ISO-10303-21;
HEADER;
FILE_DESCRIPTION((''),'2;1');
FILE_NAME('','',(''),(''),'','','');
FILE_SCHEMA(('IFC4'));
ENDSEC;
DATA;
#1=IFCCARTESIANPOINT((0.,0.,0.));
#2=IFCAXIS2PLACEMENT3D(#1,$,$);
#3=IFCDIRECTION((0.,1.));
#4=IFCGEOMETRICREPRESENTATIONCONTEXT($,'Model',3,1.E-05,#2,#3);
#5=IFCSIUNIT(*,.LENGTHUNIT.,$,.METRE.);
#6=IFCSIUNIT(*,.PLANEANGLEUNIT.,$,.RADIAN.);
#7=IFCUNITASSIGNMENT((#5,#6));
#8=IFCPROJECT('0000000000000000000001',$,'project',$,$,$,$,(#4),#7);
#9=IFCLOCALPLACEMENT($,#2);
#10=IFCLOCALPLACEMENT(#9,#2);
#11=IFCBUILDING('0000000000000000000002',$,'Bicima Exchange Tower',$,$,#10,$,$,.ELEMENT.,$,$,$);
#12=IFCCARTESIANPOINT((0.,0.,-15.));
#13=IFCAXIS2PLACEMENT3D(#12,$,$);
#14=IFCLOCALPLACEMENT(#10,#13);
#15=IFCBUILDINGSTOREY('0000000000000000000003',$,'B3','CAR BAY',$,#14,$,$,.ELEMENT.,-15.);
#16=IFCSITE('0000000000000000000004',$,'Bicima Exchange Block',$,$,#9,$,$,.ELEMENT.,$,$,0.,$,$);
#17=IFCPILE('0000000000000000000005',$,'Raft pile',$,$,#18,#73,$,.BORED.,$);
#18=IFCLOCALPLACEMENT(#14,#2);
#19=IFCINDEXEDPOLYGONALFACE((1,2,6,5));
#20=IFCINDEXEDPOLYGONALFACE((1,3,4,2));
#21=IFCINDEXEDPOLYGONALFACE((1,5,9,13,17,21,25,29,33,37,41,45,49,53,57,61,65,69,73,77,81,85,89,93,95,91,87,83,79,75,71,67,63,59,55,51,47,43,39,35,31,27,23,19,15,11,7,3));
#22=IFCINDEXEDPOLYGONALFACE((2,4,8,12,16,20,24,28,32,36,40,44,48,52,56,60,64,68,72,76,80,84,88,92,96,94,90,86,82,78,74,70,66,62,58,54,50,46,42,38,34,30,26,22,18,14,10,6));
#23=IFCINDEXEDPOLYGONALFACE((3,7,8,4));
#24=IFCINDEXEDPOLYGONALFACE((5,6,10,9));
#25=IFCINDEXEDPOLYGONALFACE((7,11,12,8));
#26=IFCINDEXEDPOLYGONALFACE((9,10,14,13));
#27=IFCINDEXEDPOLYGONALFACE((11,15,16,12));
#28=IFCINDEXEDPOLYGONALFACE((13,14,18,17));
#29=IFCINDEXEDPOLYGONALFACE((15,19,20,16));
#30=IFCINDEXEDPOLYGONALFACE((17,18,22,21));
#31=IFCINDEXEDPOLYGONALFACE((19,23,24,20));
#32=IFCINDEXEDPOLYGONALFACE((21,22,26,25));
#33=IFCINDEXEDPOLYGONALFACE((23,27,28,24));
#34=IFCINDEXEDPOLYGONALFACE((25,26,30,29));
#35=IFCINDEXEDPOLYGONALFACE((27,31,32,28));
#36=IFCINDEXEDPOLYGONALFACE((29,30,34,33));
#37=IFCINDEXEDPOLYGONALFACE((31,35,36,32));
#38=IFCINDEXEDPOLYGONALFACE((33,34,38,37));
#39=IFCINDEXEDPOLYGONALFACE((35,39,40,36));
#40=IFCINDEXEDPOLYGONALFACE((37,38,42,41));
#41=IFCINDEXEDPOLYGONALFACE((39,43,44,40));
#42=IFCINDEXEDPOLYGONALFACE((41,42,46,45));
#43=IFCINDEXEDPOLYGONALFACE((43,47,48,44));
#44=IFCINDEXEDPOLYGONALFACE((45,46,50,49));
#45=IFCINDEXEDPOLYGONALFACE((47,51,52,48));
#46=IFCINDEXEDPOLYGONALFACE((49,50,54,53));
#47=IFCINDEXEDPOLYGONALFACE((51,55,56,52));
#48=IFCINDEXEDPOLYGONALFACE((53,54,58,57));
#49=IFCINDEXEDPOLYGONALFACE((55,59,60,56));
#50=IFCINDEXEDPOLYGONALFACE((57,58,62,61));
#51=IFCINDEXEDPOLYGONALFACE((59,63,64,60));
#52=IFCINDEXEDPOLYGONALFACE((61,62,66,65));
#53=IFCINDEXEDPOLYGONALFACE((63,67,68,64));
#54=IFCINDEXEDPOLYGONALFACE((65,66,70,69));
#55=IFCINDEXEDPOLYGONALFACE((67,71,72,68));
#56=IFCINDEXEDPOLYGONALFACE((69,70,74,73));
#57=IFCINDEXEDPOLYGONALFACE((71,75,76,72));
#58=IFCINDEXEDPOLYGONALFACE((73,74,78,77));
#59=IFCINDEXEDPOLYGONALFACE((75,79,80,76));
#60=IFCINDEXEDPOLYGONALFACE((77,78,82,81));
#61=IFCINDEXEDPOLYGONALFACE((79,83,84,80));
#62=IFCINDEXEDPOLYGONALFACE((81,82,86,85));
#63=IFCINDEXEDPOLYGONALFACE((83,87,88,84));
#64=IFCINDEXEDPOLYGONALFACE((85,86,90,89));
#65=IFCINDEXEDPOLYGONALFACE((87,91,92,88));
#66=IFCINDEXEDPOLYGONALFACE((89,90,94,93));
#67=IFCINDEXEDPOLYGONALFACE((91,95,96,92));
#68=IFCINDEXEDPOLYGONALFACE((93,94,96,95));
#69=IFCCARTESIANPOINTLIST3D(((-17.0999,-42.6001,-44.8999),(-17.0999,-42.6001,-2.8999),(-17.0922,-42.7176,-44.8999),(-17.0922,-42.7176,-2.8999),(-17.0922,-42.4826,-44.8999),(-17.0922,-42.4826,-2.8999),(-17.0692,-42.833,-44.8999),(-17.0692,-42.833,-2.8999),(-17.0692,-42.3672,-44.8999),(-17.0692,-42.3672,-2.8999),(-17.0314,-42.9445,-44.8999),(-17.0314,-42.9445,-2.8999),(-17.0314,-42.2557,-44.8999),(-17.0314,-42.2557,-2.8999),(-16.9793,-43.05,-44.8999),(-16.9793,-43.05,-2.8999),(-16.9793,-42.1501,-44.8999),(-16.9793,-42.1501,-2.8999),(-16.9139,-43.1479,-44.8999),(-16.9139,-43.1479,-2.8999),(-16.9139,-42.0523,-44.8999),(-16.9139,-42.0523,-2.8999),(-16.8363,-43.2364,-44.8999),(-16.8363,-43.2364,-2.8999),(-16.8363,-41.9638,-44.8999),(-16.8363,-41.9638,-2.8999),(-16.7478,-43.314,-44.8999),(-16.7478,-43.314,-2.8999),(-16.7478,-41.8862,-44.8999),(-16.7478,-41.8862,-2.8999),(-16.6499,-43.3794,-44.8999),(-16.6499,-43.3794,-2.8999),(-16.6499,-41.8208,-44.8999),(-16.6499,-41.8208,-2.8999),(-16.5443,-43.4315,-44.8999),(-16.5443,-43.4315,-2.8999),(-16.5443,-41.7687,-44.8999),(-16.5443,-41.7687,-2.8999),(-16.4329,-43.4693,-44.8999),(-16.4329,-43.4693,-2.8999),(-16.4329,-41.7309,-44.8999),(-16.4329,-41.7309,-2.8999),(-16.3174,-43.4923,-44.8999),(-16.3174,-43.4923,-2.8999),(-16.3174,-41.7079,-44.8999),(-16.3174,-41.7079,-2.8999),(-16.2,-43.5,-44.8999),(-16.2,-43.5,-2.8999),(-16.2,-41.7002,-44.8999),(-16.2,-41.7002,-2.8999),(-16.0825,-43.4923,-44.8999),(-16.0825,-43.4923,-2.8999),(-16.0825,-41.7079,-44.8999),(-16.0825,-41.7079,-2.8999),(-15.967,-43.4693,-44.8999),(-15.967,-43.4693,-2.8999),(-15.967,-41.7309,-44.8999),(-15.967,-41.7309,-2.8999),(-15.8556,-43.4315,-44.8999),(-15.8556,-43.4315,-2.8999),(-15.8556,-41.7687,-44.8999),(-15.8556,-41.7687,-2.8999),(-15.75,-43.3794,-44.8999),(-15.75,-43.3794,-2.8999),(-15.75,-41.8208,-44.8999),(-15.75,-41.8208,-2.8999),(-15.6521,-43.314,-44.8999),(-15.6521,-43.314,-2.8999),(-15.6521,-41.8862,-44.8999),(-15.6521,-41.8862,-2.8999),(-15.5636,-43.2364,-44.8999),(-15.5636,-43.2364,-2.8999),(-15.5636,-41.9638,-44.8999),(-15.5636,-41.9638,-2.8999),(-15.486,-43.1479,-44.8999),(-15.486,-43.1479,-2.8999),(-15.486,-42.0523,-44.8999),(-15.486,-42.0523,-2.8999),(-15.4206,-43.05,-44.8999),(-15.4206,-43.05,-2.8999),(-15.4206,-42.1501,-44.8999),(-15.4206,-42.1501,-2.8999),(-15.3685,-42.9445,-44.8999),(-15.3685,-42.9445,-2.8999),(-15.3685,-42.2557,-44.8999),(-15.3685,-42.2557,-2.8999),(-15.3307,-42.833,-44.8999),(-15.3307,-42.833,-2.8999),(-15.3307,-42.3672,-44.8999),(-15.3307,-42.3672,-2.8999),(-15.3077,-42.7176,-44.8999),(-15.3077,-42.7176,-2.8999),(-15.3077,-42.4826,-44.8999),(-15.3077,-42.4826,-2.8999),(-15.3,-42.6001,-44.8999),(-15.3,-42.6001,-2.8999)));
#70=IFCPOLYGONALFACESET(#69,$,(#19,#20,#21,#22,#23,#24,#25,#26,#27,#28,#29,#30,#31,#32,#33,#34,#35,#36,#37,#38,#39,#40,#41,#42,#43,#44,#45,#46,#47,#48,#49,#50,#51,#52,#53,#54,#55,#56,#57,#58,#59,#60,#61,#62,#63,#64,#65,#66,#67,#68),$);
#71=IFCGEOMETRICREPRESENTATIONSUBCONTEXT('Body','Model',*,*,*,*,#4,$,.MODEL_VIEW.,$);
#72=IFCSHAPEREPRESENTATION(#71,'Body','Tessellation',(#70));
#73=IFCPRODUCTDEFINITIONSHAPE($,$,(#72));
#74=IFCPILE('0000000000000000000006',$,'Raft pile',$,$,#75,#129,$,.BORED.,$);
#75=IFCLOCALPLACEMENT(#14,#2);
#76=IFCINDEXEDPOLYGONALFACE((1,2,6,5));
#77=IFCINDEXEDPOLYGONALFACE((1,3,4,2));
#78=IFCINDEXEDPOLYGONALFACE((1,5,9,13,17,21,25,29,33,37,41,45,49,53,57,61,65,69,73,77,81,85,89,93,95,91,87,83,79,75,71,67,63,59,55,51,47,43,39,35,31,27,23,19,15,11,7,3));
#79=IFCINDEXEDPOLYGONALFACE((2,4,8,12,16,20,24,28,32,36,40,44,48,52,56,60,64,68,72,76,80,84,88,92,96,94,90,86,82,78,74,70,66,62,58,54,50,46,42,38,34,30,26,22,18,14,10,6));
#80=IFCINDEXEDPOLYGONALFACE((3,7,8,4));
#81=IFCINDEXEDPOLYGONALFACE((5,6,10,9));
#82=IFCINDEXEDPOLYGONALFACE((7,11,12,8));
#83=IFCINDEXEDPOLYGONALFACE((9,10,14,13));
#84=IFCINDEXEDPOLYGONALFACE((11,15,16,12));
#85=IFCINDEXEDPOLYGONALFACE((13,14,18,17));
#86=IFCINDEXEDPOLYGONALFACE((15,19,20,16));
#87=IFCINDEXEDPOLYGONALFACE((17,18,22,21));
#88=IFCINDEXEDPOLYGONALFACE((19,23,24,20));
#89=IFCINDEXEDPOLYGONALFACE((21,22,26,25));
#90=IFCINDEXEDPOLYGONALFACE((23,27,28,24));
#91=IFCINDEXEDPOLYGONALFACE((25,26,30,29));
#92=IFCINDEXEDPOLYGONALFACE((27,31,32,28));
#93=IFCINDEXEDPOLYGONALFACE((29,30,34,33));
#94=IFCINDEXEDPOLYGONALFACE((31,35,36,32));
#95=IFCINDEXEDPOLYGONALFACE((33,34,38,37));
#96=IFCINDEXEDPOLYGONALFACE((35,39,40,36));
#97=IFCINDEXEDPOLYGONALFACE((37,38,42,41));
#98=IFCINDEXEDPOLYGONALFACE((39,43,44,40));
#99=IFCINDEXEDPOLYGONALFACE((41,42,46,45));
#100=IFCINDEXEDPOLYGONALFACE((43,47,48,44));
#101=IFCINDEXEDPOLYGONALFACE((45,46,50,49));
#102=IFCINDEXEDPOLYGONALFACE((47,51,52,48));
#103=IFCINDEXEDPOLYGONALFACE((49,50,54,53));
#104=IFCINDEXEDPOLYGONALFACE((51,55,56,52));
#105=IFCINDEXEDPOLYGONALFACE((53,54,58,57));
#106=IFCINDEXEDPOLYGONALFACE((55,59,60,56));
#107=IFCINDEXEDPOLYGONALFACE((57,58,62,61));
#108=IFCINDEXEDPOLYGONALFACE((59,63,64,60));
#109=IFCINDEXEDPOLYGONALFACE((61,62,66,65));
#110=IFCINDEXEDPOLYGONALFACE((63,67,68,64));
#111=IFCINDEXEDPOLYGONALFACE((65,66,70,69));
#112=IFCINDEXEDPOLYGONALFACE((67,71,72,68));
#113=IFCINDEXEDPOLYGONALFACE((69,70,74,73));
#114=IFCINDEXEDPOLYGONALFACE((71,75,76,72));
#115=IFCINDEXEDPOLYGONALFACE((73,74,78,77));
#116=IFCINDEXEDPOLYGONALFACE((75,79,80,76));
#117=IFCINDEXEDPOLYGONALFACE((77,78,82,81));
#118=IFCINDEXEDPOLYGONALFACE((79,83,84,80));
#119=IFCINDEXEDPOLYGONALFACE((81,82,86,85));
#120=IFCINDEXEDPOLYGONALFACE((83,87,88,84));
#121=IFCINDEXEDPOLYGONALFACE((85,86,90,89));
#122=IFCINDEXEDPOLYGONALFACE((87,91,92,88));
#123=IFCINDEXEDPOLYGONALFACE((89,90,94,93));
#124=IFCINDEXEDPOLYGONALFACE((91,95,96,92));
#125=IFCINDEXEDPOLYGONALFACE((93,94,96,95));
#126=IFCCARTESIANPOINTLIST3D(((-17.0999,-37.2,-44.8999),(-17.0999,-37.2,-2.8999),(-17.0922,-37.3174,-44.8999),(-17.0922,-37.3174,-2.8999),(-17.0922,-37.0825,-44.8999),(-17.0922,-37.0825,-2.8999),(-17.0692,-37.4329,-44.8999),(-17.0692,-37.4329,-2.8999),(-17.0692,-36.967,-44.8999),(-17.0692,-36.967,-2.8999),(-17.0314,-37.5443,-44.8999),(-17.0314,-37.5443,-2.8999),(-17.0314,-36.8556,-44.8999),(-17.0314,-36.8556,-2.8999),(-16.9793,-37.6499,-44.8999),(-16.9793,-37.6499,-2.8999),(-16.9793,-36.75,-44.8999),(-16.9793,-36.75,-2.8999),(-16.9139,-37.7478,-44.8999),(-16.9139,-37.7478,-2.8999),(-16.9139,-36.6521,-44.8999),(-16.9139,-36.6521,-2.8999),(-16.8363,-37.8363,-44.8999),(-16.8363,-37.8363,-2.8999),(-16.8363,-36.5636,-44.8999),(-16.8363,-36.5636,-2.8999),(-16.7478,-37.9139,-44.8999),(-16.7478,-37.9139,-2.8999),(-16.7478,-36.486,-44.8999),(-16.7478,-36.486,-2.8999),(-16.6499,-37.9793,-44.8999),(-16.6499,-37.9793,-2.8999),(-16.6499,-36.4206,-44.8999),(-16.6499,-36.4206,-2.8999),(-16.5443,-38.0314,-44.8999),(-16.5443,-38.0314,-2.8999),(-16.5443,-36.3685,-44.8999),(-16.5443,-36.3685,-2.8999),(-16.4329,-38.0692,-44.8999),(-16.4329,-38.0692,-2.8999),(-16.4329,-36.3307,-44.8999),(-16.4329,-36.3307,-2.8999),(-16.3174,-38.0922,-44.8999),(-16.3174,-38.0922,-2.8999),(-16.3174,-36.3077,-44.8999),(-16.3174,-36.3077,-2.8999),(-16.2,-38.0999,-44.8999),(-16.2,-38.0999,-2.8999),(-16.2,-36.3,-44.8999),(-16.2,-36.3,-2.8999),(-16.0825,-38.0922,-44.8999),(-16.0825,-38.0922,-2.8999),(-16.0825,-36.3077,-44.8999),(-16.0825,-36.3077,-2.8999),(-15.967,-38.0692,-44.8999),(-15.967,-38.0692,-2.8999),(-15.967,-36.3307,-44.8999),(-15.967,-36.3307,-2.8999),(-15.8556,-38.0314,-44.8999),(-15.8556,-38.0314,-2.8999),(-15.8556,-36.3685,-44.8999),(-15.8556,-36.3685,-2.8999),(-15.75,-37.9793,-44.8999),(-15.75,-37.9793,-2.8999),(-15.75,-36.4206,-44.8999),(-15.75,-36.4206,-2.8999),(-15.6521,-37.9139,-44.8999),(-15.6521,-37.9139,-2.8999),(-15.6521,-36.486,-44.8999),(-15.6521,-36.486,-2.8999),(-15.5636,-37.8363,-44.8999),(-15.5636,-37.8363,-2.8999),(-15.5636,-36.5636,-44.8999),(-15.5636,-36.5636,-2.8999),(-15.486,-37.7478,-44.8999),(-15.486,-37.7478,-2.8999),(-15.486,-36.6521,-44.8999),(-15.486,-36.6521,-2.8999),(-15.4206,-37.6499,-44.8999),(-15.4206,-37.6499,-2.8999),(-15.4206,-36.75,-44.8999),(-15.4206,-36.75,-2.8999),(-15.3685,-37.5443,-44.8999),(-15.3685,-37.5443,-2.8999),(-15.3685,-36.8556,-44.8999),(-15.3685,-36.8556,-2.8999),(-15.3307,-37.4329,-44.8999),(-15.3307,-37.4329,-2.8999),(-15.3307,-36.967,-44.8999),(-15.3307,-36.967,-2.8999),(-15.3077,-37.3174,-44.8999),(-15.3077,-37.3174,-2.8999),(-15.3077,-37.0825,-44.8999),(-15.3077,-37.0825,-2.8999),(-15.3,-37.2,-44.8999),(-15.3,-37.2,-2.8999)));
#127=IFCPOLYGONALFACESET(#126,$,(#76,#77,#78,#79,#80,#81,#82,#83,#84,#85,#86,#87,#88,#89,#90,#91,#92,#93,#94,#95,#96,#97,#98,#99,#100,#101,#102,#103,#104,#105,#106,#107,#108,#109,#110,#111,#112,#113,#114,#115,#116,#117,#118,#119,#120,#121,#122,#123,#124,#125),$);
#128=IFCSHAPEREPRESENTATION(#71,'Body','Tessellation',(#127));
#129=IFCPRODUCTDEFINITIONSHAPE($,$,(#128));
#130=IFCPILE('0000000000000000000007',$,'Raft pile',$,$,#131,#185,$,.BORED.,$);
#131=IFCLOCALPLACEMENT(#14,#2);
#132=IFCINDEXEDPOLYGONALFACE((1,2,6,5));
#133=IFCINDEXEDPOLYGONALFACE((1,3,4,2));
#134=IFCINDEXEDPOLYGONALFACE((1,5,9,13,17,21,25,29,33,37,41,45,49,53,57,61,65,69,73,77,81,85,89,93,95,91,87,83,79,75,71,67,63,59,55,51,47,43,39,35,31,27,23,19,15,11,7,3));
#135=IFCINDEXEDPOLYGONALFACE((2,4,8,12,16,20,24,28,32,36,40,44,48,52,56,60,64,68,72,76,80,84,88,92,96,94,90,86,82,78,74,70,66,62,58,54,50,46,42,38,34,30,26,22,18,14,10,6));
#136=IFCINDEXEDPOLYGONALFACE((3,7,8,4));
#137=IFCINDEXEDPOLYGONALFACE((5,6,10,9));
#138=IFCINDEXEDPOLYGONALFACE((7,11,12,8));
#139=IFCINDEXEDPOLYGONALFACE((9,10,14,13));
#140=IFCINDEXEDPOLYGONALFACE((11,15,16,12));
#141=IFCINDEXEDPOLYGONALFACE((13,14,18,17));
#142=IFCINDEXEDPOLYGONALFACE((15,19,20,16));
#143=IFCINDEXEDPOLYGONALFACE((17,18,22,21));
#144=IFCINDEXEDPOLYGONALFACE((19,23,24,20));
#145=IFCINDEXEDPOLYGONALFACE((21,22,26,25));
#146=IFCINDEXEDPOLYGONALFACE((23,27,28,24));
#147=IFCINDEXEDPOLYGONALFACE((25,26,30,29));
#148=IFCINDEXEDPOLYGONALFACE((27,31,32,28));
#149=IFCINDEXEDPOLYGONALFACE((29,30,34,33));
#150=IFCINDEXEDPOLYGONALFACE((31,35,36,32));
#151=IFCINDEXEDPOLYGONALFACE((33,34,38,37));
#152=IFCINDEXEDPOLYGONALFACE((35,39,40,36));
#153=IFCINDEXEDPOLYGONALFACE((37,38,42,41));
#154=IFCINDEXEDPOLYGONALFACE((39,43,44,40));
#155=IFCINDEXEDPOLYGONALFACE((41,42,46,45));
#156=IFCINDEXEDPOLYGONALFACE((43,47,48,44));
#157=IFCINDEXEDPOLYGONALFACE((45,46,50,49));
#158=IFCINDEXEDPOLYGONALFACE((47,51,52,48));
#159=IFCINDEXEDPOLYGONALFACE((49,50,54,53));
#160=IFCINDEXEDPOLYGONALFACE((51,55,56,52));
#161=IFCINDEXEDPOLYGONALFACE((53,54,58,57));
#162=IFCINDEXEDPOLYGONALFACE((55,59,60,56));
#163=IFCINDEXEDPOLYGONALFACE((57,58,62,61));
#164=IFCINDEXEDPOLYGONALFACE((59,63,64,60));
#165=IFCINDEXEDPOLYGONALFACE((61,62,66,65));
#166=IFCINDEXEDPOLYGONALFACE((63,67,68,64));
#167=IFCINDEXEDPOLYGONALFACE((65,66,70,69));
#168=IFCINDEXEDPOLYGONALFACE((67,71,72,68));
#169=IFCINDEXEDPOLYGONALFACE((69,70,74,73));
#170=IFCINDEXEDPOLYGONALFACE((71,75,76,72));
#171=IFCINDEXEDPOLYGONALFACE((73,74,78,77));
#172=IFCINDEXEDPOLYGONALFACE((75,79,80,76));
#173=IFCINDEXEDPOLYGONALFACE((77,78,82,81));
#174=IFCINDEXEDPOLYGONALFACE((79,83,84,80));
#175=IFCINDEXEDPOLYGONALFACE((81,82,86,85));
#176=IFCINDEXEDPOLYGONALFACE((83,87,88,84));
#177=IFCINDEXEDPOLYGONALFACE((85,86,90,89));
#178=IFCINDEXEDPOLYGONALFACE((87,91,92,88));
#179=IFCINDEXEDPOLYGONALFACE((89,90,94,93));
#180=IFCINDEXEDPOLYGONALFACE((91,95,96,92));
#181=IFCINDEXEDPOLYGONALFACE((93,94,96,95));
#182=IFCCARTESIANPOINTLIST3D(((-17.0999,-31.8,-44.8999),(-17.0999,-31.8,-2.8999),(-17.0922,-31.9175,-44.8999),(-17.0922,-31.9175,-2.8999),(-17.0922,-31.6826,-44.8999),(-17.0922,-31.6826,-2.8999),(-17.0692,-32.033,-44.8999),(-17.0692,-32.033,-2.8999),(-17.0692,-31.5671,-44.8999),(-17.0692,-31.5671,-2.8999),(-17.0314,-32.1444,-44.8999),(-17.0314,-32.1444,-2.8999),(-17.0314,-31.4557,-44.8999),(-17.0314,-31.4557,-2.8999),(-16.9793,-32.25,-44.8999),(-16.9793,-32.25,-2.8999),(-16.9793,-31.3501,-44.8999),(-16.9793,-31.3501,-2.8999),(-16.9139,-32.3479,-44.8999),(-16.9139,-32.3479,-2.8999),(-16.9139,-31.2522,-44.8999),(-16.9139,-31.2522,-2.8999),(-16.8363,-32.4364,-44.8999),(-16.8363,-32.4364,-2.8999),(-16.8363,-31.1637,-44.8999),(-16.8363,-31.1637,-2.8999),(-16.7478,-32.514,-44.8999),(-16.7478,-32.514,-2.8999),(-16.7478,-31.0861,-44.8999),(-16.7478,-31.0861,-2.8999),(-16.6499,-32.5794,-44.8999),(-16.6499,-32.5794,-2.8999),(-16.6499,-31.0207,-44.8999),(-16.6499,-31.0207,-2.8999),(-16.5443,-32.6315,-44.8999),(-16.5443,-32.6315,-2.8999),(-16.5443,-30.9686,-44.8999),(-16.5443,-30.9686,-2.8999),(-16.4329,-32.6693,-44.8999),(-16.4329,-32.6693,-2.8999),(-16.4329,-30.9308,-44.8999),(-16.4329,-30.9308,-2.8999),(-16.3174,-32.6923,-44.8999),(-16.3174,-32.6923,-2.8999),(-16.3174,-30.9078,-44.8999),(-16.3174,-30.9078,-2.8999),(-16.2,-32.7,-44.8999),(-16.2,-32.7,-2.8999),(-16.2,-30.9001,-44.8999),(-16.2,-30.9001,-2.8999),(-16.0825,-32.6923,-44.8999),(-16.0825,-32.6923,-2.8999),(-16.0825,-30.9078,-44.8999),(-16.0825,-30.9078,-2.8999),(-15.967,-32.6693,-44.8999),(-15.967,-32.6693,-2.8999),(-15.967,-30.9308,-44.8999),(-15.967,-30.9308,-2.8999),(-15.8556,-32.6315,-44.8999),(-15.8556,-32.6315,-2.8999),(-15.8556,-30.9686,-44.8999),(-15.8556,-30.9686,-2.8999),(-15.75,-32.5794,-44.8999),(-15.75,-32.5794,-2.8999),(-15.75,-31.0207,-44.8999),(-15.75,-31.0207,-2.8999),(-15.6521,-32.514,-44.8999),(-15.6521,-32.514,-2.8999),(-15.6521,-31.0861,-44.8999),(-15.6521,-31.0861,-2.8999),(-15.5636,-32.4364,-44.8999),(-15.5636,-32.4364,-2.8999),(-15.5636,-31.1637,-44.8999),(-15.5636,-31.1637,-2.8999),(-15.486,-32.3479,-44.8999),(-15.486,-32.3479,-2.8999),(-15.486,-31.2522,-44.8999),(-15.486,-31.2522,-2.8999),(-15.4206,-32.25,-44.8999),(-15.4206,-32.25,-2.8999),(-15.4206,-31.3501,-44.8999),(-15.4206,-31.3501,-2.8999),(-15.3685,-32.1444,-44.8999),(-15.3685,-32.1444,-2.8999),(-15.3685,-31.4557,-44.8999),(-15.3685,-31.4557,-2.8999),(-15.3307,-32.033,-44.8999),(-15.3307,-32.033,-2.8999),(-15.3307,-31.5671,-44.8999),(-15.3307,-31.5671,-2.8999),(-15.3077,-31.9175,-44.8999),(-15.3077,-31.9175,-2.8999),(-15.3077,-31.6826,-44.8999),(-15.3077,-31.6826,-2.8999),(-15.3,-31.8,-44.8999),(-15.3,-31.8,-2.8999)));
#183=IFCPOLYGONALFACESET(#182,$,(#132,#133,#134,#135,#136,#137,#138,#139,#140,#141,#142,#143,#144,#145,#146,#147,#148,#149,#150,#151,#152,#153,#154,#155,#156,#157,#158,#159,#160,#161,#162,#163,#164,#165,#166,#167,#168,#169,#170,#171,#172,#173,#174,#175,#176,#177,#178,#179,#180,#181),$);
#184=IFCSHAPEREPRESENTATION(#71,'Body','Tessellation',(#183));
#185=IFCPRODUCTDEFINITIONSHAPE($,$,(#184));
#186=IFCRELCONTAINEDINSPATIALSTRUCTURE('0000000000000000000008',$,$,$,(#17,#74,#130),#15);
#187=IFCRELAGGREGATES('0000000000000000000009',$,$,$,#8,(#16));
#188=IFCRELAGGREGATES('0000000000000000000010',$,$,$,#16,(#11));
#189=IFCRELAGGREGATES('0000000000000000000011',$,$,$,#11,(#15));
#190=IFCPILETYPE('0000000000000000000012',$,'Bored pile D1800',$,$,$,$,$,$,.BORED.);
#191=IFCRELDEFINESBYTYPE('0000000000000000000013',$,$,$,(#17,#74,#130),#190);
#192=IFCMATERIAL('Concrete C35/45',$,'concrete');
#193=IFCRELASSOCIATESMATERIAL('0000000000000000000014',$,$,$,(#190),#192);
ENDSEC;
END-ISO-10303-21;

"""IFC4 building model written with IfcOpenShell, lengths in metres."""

from ifc_helpers import new_model, si_unit, direction, frame, origin, origin_2d, place, context, subcontext, project, spatial, circle, extrude, material, material_profile, profile_set, type_object, element, save


model = new_model("IFC4")

# Units and contexts
model_context = context("Model", 3, precision=1e-05, world=origin(), true_north=direction((0.0, 1.0)))
body_context = subcontext(model_context, "Body", "Model", "MODEL_VIEW")
ifc_project = project(units=[si_unit("LENGTHUNIT", "METRE"), si_unit("PLANEANGLEUNIT", "RADIAN")], contexts=[model_context])

# Site, building, storey
site_placement = place(None, origin())
site = spatial("IfcSite", under=ifc_project, at=site_placement, Name="Bicima Exchange Block", CompositionType="ELEMENT", RefElevation=0.0)
building_placement = place(site_placement, origin())
building = spatial("IfcBuilding", under=site, at=building_placement, Name="Bicima Exchange Tower", CompositionType="ELEMENT")
storey_placement = place(building_placement, frame((0.0, 0.0, -15.0)))
storey = spatial("IfcBuildingStorey", under=building, at=storey_placement, Name="B3", Description="CAR BAY", CompositionType="ELEMENT", Elevation=-15.0)

# Piles
ifc_material_1 = material(Name="Concrete C35/45", Category="concrete")
ifc_material_profile_1 = material_profile(ifc_material_1, circle(Radius=0.8999, at=origin_2d()))
ifc_profile_set_1 = profile_set([ifc_material_profile_1], Name="Concrete C35/45")
pile_type = type_object("IfcPileType", Name="Bored pile D1800", PredefinedType="BORED", material=ifc_profile_set_1)
for number, where, z_axis, x_axis, name in (
    (1, (-16.2, -42.6001, -2.8999), (0.0, 0.0, -1.0), (1.0, 0.0, 0.0), "Raft pile"),
    (2, (-16.2, -37.2, -2.8999), (0.0, 0.0, -1.0), (1.0, 0.0, 0.0), "Raft pile"),
    (3, (-16.2, -31.8, -2.8999), (0.0, 0.0, -1.0), (1.0, 0.0, 0.0), "Raft pile"),
):
    element("IfcPile", number, at=place(storey_placement, frame(where, z_axis=z_axis, x_axis=x_axis)), inside=storey, type_object=pile_type, Name=name, PredefinedType="BORED", context=body_context, shape_type="SweptSolid", body=[
        extrude(circle(Radius=0.8999, at=origin_2d()), origin(), (0.0, 0.0, 1.0), 42.0),
    ])

save(model, "model.ifc")
